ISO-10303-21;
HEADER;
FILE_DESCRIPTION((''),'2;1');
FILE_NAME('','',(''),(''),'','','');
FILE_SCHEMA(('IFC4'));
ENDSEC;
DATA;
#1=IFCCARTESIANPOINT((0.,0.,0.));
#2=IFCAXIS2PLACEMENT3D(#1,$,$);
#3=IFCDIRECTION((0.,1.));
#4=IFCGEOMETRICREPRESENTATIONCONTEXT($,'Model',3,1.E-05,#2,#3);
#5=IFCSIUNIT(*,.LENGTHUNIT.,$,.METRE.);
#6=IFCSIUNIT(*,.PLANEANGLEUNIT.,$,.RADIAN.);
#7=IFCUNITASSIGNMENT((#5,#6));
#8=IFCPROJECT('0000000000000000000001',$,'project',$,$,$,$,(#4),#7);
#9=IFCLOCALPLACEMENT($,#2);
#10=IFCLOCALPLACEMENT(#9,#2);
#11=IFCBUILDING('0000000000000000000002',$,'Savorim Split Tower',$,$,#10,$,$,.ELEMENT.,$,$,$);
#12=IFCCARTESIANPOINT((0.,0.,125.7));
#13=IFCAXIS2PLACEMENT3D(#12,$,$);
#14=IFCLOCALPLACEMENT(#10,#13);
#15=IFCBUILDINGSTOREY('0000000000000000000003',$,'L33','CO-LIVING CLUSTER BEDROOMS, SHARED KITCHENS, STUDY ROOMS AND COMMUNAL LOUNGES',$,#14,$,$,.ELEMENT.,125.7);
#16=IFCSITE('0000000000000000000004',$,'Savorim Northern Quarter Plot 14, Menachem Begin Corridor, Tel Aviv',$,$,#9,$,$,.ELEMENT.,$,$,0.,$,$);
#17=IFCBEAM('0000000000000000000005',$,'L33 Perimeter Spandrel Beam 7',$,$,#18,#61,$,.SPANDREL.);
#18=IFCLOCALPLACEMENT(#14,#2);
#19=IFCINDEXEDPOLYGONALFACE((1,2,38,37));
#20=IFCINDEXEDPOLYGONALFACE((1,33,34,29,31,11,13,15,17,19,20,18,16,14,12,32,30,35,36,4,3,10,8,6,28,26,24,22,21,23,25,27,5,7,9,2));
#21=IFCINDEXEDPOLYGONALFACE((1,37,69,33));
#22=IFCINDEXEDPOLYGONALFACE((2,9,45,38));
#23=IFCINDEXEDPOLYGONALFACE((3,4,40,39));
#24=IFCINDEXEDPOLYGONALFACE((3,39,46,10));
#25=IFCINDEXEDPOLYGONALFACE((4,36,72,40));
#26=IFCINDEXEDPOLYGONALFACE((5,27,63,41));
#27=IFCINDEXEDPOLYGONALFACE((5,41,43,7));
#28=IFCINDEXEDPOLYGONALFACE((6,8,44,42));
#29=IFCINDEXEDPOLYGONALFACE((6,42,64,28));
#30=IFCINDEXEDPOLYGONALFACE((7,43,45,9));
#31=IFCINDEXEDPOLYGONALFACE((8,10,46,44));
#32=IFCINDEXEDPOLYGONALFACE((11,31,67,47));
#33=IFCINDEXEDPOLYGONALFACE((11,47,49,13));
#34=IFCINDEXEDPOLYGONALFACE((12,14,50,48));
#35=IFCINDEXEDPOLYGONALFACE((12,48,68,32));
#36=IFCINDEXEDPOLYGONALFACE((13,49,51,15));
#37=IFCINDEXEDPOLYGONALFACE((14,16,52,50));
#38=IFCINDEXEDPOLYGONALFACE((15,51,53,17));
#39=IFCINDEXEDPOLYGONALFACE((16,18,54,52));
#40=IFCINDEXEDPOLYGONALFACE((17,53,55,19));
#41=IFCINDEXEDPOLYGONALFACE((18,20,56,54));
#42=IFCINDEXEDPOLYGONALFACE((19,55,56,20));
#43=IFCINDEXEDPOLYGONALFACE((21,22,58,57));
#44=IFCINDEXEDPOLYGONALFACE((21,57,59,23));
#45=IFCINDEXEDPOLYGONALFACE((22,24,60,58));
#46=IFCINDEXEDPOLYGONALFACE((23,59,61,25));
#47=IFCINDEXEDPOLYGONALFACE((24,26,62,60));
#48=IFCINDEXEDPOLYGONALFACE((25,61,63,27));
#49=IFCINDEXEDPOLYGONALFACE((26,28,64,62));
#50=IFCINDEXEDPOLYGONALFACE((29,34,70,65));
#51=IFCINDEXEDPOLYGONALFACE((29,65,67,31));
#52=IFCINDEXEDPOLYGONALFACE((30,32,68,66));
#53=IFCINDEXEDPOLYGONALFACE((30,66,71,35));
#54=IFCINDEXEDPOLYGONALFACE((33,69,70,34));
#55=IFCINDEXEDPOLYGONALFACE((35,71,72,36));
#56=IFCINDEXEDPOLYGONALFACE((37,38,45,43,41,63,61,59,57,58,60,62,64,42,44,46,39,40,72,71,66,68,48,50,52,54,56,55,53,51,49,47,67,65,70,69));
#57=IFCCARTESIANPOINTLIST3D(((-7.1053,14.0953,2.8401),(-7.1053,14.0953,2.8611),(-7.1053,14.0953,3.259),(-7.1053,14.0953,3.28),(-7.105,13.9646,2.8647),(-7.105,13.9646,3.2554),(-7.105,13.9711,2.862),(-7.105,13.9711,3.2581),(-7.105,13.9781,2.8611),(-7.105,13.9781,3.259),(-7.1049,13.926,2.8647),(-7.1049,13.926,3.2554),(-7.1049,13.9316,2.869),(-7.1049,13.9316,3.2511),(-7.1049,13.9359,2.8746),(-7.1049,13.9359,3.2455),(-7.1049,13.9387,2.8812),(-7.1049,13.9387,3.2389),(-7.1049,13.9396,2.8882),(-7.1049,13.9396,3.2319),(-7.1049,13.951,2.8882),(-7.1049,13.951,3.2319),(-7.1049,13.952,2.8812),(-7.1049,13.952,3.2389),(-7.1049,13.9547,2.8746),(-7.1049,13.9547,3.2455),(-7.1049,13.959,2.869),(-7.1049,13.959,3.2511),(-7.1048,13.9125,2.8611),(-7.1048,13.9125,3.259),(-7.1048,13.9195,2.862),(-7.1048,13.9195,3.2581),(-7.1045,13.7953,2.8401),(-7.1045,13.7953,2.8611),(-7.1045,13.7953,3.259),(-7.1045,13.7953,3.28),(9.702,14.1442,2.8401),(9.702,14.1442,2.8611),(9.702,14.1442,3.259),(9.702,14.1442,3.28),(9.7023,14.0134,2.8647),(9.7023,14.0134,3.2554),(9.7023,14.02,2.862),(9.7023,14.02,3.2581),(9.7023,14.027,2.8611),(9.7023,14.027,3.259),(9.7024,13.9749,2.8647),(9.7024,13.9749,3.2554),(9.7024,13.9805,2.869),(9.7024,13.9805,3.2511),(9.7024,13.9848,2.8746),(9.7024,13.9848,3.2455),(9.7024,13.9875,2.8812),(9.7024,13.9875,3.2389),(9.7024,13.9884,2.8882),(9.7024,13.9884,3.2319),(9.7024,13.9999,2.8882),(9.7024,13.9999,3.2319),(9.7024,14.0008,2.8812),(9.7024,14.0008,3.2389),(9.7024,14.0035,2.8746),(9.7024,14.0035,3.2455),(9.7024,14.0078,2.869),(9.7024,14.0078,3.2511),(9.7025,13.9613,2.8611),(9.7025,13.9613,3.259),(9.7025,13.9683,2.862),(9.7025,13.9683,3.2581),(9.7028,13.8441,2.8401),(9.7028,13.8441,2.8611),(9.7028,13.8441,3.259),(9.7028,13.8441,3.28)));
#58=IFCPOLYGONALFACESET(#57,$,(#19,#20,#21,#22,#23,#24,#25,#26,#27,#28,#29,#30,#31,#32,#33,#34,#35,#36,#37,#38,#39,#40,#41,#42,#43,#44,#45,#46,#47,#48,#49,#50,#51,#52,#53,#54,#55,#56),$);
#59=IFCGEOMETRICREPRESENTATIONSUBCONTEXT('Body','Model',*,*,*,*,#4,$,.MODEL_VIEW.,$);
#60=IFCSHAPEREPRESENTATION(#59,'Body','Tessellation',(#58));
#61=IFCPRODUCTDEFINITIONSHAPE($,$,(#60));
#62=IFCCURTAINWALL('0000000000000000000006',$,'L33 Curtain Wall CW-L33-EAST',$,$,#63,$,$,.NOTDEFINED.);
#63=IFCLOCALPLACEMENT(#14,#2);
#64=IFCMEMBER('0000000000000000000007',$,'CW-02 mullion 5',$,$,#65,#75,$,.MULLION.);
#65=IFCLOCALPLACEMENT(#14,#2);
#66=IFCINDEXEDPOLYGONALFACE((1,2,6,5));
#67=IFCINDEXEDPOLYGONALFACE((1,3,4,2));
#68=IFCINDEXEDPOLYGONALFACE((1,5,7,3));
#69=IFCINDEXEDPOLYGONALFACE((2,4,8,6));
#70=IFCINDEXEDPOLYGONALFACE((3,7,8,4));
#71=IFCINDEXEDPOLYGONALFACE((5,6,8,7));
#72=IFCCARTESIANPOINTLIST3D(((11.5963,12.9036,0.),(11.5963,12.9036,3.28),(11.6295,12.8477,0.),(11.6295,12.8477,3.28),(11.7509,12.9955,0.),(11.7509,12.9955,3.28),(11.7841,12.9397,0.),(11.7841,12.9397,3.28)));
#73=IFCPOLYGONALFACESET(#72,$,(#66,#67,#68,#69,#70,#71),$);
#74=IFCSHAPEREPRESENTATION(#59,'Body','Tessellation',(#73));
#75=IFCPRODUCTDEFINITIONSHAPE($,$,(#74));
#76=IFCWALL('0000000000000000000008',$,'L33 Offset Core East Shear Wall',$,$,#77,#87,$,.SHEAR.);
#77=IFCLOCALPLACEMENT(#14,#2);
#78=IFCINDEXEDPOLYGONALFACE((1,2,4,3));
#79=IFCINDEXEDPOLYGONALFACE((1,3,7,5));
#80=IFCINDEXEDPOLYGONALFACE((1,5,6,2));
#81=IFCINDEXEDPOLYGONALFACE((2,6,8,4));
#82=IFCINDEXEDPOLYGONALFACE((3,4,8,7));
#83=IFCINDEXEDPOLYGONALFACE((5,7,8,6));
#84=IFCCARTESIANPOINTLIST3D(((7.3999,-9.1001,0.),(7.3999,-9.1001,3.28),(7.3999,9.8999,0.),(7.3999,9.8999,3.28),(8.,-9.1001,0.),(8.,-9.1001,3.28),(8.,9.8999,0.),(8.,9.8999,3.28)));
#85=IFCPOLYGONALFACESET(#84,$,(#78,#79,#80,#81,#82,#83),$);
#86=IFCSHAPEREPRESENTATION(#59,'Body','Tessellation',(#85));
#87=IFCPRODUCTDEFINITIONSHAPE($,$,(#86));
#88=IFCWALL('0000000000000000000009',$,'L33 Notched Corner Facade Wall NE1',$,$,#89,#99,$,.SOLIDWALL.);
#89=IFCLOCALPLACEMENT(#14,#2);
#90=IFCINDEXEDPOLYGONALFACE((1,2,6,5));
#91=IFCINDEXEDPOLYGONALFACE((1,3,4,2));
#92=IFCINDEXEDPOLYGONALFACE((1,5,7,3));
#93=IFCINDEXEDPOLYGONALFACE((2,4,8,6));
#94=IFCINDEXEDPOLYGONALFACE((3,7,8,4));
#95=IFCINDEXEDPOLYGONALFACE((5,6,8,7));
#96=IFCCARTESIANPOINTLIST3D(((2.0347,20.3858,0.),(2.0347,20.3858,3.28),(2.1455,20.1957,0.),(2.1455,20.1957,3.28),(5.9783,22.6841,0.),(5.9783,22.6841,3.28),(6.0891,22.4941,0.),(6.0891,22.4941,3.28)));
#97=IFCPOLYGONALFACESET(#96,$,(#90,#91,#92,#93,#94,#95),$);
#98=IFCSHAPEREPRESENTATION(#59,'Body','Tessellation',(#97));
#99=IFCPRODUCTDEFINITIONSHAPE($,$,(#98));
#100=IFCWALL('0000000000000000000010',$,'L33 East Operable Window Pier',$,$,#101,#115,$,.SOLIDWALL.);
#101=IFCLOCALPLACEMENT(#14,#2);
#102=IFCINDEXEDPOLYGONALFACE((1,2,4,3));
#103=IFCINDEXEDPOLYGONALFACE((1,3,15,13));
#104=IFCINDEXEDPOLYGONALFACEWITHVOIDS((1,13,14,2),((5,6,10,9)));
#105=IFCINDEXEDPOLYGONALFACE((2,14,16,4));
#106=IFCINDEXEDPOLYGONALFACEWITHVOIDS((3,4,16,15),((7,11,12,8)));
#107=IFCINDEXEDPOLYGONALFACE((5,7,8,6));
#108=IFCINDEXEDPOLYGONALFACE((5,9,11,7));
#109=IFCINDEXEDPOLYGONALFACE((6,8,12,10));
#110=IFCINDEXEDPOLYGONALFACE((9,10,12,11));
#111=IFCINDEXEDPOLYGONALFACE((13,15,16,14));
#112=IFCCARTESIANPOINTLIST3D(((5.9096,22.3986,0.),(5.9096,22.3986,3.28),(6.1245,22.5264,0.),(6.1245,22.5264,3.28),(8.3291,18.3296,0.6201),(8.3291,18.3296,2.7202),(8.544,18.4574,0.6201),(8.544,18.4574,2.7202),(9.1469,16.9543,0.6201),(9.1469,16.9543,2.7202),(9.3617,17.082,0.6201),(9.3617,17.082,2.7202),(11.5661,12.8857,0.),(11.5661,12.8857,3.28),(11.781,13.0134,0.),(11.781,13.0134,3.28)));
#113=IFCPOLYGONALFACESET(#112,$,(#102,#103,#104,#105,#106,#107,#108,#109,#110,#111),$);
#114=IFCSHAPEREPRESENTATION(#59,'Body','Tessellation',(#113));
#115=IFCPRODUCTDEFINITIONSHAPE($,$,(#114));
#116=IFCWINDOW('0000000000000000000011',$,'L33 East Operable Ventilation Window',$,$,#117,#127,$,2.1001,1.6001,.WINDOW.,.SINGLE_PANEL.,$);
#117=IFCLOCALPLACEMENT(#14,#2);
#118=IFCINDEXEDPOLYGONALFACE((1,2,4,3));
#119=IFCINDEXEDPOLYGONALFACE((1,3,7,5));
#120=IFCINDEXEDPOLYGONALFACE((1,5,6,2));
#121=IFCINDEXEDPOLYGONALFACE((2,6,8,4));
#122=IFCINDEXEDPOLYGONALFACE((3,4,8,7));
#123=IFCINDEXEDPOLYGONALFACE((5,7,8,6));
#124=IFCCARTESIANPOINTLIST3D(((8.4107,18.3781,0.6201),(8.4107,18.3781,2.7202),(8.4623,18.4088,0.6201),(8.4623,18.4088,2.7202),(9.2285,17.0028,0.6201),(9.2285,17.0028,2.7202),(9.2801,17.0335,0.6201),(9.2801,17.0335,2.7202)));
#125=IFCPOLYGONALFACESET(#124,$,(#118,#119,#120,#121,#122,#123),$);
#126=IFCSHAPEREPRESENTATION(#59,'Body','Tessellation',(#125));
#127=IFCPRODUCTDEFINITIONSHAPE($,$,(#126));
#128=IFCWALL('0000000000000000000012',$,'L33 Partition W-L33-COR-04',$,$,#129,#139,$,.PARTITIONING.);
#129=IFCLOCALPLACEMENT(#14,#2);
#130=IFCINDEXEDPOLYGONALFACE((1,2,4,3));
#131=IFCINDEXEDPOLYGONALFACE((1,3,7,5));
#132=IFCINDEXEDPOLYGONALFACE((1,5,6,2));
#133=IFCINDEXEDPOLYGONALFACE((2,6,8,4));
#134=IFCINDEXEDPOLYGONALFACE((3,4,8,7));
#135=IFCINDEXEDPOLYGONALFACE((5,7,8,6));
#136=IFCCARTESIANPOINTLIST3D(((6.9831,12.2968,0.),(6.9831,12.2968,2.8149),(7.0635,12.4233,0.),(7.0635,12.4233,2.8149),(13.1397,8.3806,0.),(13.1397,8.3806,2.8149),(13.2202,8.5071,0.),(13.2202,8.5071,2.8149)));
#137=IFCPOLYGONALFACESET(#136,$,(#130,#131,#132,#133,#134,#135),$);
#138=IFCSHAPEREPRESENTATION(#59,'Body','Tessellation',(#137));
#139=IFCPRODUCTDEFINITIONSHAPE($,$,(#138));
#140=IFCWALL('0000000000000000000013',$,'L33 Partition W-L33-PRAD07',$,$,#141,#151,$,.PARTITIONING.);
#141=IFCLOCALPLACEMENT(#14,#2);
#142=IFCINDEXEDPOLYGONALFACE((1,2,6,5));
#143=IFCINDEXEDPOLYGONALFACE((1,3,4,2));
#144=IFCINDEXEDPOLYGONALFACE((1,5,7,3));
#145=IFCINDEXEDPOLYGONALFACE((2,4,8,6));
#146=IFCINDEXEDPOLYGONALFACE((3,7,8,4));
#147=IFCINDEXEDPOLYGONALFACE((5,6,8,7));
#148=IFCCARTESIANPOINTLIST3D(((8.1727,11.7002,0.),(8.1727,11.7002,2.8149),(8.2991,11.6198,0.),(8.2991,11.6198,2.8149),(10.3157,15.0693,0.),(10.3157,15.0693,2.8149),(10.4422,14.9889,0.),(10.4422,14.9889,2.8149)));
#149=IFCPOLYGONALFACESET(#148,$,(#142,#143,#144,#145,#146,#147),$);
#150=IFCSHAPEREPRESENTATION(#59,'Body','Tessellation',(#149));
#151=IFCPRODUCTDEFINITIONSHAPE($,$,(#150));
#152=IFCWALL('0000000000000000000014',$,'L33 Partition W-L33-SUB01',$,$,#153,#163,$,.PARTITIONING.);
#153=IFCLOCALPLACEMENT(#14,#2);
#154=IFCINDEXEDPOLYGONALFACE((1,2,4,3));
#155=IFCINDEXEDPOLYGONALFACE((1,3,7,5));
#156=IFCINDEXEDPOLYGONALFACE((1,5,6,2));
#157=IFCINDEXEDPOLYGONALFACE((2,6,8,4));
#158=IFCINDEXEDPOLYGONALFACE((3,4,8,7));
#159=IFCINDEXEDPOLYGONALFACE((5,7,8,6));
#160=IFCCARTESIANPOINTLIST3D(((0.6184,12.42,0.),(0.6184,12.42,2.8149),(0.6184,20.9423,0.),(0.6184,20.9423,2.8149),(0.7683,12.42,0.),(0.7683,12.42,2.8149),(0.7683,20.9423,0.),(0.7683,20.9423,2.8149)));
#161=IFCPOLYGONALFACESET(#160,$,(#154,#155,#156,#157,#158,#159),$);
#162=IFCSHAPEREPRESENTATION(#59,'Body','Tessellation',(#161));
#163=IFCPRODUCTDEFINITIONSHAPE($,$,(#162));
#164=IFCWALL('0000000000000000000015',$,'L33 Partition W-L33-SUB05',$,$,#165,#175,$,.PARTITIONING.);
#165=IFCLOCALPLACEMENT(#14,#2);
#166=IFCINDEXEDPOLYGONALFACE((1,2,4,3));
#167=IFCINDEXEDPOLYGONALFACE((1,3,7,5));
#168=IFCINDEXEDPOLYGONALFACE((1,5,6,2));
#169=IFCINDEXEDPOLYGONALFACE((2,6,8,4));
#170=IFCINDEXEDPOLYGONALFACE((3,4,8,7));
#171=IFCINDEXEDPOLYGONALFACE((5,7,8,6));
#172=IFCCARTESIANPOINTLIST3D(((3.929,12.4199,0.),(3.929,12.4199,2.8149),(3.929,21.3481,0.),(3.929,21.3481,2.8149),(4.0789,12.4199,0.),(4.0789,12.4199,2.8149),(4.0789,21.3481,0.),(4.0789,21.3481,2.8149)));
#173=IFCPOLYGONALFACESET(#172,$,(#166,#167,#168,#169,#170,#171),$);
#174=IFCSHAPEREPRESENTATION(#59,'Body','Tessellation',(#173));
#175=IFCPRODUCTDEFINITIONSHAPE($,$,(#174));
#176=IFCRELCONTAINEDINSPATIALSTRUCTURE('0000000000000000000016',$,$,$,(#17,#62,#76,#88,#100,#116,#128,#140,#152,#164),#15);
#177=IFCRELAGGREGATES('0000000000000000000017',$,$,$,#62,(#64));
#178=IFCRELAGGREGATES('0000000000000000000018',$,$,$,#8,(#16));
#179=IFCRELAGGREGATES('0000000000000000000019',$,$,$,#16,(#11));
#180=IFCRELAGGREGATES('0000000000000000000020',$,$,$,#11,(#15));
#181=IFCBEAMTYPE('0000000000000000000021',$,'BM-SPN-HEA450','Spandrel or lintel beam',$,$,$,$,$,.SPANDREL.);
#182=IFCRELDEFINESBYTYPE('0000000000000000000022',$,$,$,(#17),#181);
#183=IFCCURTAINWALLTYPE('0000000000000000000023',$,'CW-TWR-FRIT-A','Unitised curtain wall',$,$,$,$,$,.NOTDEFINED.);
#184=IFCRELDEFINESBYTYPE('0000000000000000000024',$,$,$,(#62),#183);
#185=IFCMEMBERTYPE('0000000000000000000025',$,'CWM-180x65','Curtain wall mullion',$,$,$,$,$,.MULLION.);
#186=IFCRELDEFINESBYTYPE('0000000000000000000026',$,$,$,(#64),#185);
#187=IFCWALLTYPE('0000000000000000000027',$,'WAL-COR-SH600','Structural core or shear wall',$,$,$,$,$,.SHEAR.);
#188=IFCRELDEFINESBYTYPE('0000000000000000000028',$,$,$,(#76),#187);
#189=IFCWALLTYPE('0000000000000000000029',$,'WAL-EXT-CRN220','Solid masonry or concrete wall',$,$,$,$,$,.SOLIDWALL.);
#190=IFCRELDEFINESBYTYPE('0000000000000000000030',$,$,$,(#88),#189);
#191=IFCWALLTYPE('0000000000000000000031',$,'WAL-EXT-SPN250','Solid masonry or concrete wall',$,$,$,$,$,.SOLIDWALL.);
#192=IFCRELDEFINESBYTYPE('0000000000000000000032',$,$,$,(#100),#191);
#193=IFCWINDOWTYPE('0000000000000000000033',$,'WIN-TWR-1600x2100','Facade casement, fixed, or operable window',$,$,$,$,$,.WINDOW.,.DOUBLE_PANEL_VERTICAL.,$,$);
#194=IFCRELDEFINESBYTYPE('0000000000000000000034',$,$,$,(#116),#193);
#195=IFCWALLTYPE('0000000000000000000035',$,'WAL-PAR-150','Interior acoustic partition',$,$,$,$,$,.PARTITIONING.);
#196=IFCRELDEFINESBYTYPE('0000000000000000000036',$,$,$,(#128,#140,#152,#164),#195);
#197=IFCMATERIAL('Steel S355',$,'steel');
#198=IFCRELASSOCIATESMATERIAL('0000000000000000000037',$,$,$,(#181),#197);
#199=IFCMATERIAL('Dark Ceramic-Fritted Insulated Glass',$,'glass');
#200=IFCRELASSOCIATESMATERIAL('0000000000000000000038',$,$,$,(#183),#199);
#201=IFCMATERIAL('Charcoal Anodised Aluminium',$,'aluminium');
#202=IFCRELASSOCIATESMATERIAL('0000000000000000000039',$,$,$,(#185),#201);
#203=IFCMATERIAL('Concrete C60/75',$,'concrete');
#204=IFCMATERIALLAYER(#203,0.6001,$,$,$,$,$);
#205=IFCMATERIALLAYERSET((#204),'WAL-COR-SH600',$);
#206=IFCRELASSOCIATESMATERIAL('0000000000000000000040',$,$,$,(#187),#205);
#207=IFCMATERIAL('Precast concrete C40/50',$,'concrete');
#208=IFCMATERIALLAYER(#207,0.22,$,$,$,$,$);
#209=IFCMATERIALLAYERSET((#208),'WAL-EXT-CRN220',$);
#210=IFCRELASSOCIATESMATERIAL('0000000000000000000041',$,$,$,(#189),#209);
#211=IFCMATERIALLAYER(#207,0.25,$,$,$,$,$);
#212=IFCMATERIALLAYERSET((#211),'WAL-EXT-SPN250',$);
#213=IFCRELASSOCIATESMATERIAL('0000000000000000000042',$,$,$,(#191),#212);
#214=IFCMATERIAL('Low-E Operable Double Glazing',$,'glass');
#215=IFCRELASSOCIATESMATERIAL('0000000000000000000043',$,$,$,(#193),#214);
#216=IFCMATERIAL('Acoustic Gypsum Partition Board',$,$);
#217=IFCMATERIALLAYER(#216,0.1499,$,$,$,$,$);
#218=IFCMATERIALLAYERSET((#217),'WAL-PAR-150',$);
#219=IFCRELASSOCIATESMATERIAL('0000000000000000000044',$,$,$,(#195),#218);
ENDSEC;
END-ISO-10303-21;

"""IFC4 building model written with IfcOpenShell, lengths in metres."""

from ifc_helpers import new_model, si_unit, direction, frame, frame_2d, origin, origin_2d, place, context, subcontext, project, spatial, rectangle, i_section, extrude, material, layer, layer_set, material_profile, profile_set, type_object, element, fill, aggregate, save


model = new_model("IFC4")

# Units and contexts
model_context = context("Model", 3, precision=1e-05, world=origin(), true_north=direction((0.0, 1.0)))
body_context = subcontext(model_context, "Body", "Model", "MODEL_VIEW")
ifc_project = project(units=[si_unit("LENGTHUNIT", "METRE"), si_unit("PLANEANGLEUNIT", "RADIAN")], contexts=[model_context])

# Site, building, storey
site_placement = place(None, origin())
site = spatial("IfcSite", under=ifc_project, at=site_placement, Name="Savorim Northern Quarter Plot 14, Menachem Begin Corridor, Tel Aviv", CompositionType="ELEMENT", RefElevation=0.0)
building_placement = place(site_placement, origin())
building = spatial("IfcBuilding", under=site, at=building_placement, Name="Savorim Split Tower", CompositionType="ELEMENT")
storey_placement = place(building_placement, frame((0.0, 0.0, 125.7)))
storey = spatial("IfcBuildingStorey", under=building, at=storey_placement, Name="L33", Description="CO-LIVING CLUSTER BEDROOMS, SHARED KITCHENS, STUDY ROOMS AND COMMUNAL LOUNGES", CompositionType="ELEMENT", Elevation=125.7)

# Beam
ifc_material_1 = material(Name="Steel S355", Category="steel")
ifc_material_profile_1 = material_profile(ifc_material_1, i_section(OverallWidth=0.3, OverallDepth=0.4399, WebThickness=0.0115, FlangeThickness=0.021, FilletRadius=0.0271, at=origin_2d()), Name="HEA 450")
ifc_profile_set_1 = profile_set([ifc_material_profile_1], Name="Steel S355")
beam_type_1 = type_object("IfcBeamType", Name="BM-SPN-HEA450", Description="Spandrel or lintel beam", PredefinedType="SPANDREL", material=ifc_profile_set_1)
beam_1_placement = place(storey_placement, frame((9.7024, 13.9941, 3.0601), z_axis=(-0.999996, -0.002905, 0.0), x_axis=(0.002905, -0.999996, 0.0)))
element("IfcBeam", 1, at=beam_1_placement, inside=storey, type_object=beam_type_1, Name="L33 Perimeter Spandrel Beam 7", PredefinedType="SPANDREL", context=body_context, shape_type="SweptSolid", body=[
    extrude(i_section(OverallWidth=0.3, OverallDepth=0.4399, WebThickness=0.0115, FlangeThickness=0.021, FilletRadius=0.0271, at=origin_2d()), origin(), (0.0, 0.0, 1.0), 16.8074),
])

# Curtain wall, member
ifc_material_2 = material(Name="Dark Ceramic-Fritted Insulated Glass", Category="glass")
curtain_wall_type = type_object("IfcCurtainWallType", Name="CW-TWR-FRIT-A", Description="Unitised curtain wall", PredefinedType="NOTDEFINED", material=ifc_material_2)
curtain_wall_placement = place(storey_placement, origin())
curtain_wall = element("IfcCurtainWall", 2, at=curtain_wall_placement, inside=storey, type_object=curtain_wall_type, Name="L33 Curtain Wall CW-L33-EAST", PredefinedType="NOTDEFINED")
ifc_material_3 = material(Name="Charcoal Anodised Aluminium", Category="aluminium")
ifc_material_profile_2 = material_profile(ifc_material_3, rectangle(XDim=0.1799, YDim=0.0649, at=origin_2d()), Name="ALU-M 180x65")
ifc_profile_set_2 = profile_set([ifc_material_profile_2], Name="Charcoal Anodised Aluminium")
member_type = type_object("IfcMemberType", Name="CWM-180x65", Description="Curtain wall mullion", PredefinedType="MULLION", material=ifc_profile_set_2)
member_placement = place(storey_placement, frame((11.6902, 12.9216, 0.0), z_axis=(0.0, 0.0, 1.0), x_axis=(-0.859525, -0.511093, 0.0)))
member = element("IfcMember", 3, at=member_placement, type_object=member_type, Name="CW-02 mullion 5", PredefinedType="MULLION", context=body_context, shape_type="SweptSolid", body=[
    extrude(rectangle(XDim=0.1799, YDim=0.0649, at=origin_2d()), origin(), (0.0, 0.0, 1.0), 3.28),
])
aggregate(curtain_wall, [member])

# Shared definitions
ifc_material_4 = material(Name="Concrete C60/75", Category="concrete")
ifc_layer_1 = layer(ifc_material_4, 0.6001)
ifc_layer_set_1 = layer_set([ifc_layer_1], Name="WAL-COR-SH600")
wall_type_1 = type_object("IfcWallType", Name="WAL-COR-SH600", Description="Structural core or shear wall", PredefinedType="SHEAR", material=ifc_layer_set_1)

# Walls
wall_1_placement = place(storey_placement, frame((7.7, 9.8999, 0.0), z_axis=(0.0, 0.0, 1.0), x_axis=(0.0, -1.0, 0.0)))
element("IfcWall", 4, at=wall_1_placement, inside=storey, type_object=wall_type_1, Name="L33 Offset Core East Shear Wall", PredefinedType="SHEAR", context=body_context, shape_type="SweptSolid", body=[
    extrude(rectangle(XDim=19.0, YDim=0.6001, at=frame_2d((9.5, 0.0))), origin(), (0.0, 0.0, 1.0), 3.28),
])
ifc_material_5 = material(Name="Precast concrete C40/50", Category="concrete")
ifc_layer_2 = layer(ifc_material_5, 0.22)
ifc_layer_set_2 = layer_set([ifc_layer_2], Name="WAL-EXT-CRN220")
wall_type_2 = type_object("IfcWallType", Name="WAL-EXT-CRN220", Description="Solid masonry or concrete wall", PredefinedType="SOLIDWALL", material=ifc_layer_set_2)
wall_2_placement = place(storey_placement, frame((2.0901, 20.2908, 0.0), z_axis=(0.0, 0.0, 1.0), x_axis=(0.863979, 0.503528, 0.0)))
element("IfcWall", 5, at=wall_2_placement, inside=storey, type_object=wall_type_2, Name="L33 Notched Corner Facade Wall NE1", PredefinedType="SOLIDWALL", context=body_context, shape_type="SweptSolid", body=[
    extrude(rectangle(XDim=4.5645, YDim=0.22, at=frame_2d((2.2822, 0.0))), origin(), (0.0, 0.0, 1.0), 3.28),
])

# Wall, opening, window
ifc_layer_3 = layer(ifc_material_5, 0.25)
ifc_layer_set_3 = layer_set([ifc_layer_3], Name="WAL-EXT-SPN250")
wall_type_3 = type_object("IfcWallType", Name="WAL-EXT-SPN250", Description="Solid masonry or concrete wall", PredefinedType="SOLIDWALL", material=ifc_layer_set_3)
wall_3_placement = place(storey_placement, frame((6.0171, 22.4624, 0.0), z_axis=(0.0, 0.0, 1.0), x_axis=(0.511086, -0.85953, 0.0)))
wall_3 = element("IfcWall", 6, at=wall_3_placement, inside=storey, type_object=wall_type_3, Name="L33 East Operable Window Pier", PredefinedType="SOLIDWALL", context=body_context, shape_type="SweptSolid", body=[
    extrude(rectangle(XDim=11.0676, YDim=0.25, at=frame_2d((5.5337, 0.0))), origin(), (0.0, 0.0, 1.0), 3.28),
])
opening_1_placement = place(wall_3_placement, frame((4.7339, 0.0, 0.6201)))
opening_1 = element("IfcOpeningElement", 7, at=opening_1_placement, cuts=wall_3, PredefinedType="OPENING", context=body_context, shape_type="SweptSolid", body=[
    extrude(rectangle(XDim=1.6001, YDim=2.1001, at=frame_2d((0.8, 1.05))), frame((0.0, 0.135, 0.0), z_axis=(0.0, -1.0, 0.0), x_axis=(1.0, 0.0, 0.0)), (0.0, 0.0, 1.0), 0.27),
])
ifc_material_6 = material(Name="Low-E Operable Double Glazing", Category="glass")
window_type = type_object("IfcWindowType", Name="WIN-TWR-1600x2100", Description="Facade casement, fixed, or operable window", PartitioningType="DOUBLE_PANEL_VERTICAL", PredefinedType="WINDOW", material=ifc_material_6)
window_placement = place(opening_1_placement, origin())
window = element("IfcWindow", 8, at=window_placement, inside=storey, type_object=window_type, Name="L33 East Operable Ventilation Window", OverallHeight=2.1001, OverallWidth=1.6001, PartitioningType="SINGLE_PANEL", PredefinedType="WINDOW", context=body_context, shape_type="SweptSolid", body=[
    extrude(rectangle(XDim=1.6001, YDim=2.1001, at=frame_2d((0.8, 1.05))), frame((0.0, 0.03, 0.0), z_axis=(0.0, -1.0, 0.0), x_axis=(1.0, 0.0, 0.0)), (0.0, 0.0, 1.0), 0.0601),
])
fill(opening_1, window)

# Walls
ifc_material_7 = material(Name="Acoustic Gypsum Partition Board")
ifc_layer_4 = layer(ifc_material_7, 0.1499)
ifc_layer_set_4 = layer_set([ifc_layer_4], Name="WAL-PAR-150")
wall_type_4 = type_object("IfcWallType", Name="WAL-PAR-150", Description="Interior acoustic partition", PredefinedType="PARTITIONING", material=ifc_layer_set_4)
wall_4_placement = place(storey_placement, frame((7.0232, 12.3601, 0.0), z_axis=(0.0, 0.0, 1.0), x_axis=(0.843765, -0.536713, 0.0)))
element("IfcWall", 9, at=wall_4_placement, inside=storey, type_object=wall_type_4, Name="L33 Partition W-L33-COR-04", PredefinedType="PARTITIONING", context=body_context, shape_type="SweptSolid", body=[
    extrude(rectangle(XDim=7.2966, YDim=0.1499, at=frame_2d((3.6484, 0.0))), origin(), (0.0, 0.0, 1.0), 2.8149),
])
wall_5_placement = place(storey_placement, frame((8.2358, 11.6599, 0.0), z_axis=(0.0, 0.0, 1.0), x_axis=(0.536709, 0.843767, 0.0)))
element("IfcWall", 10, at=wall_5_placement, inside=storey, type_object=wall_type_4, Name="L33 Partition W-L33-PRAD07", PredefinedType="PARTITIONING", context=body_context, shape_type="SweptSolid", body=[
    extrude(rectangle(XDim=3.9929, YDim=0.1499, at=frame_2d((1.9966, 0.0))), origin(), (0.0, 0.0, 1.0), 2.8149),
])
wall_6_placement = place(storey_placement, frame((0.6934, 12.4199, 0.0), z_axis=(0.0, 0.0, 1.0), x_axis=(0.0, 1.0, 0.0)))
element("IfcWall", 11, at=wall_6_placement, inside=storey, type_object=wall_type_4, Name="L33 Partition W-L33-SUB01", PredefinedType="PARTITIONING", context=body_context, shape_type="SweptSolid", body=[
    extrude(rectangle(XDim=8.5222, YDim=0.1499, at=frame_2d((4.2612, 0.0))), origin(), (0.0, 0.0, 1.0), 2.8149),
])
wall_7_placement = place(storey_placement, frame((4.0039, 12.4199, 0.0), z_axis=(0.0, 0.0, 1.0), x_axis=(0.0, 1.0, 0.0)))
element("IfcWall", 12, at=wall_7_placement, inside=storey, type_object=wall_type_4, Name="L33 Partition W-L33-SUB05", PredefinedType="PARTITIONING", context=body_context, shape_type="SweptSolid", body=[
    extrude(rectangle(XDim=8.9282, YDim=0.1499, at=frame_2d((4.4641, 0.0))), origin(), (0.0, 0.0, 1.0), 2.8149),
])

save(model, "model.ifc")
